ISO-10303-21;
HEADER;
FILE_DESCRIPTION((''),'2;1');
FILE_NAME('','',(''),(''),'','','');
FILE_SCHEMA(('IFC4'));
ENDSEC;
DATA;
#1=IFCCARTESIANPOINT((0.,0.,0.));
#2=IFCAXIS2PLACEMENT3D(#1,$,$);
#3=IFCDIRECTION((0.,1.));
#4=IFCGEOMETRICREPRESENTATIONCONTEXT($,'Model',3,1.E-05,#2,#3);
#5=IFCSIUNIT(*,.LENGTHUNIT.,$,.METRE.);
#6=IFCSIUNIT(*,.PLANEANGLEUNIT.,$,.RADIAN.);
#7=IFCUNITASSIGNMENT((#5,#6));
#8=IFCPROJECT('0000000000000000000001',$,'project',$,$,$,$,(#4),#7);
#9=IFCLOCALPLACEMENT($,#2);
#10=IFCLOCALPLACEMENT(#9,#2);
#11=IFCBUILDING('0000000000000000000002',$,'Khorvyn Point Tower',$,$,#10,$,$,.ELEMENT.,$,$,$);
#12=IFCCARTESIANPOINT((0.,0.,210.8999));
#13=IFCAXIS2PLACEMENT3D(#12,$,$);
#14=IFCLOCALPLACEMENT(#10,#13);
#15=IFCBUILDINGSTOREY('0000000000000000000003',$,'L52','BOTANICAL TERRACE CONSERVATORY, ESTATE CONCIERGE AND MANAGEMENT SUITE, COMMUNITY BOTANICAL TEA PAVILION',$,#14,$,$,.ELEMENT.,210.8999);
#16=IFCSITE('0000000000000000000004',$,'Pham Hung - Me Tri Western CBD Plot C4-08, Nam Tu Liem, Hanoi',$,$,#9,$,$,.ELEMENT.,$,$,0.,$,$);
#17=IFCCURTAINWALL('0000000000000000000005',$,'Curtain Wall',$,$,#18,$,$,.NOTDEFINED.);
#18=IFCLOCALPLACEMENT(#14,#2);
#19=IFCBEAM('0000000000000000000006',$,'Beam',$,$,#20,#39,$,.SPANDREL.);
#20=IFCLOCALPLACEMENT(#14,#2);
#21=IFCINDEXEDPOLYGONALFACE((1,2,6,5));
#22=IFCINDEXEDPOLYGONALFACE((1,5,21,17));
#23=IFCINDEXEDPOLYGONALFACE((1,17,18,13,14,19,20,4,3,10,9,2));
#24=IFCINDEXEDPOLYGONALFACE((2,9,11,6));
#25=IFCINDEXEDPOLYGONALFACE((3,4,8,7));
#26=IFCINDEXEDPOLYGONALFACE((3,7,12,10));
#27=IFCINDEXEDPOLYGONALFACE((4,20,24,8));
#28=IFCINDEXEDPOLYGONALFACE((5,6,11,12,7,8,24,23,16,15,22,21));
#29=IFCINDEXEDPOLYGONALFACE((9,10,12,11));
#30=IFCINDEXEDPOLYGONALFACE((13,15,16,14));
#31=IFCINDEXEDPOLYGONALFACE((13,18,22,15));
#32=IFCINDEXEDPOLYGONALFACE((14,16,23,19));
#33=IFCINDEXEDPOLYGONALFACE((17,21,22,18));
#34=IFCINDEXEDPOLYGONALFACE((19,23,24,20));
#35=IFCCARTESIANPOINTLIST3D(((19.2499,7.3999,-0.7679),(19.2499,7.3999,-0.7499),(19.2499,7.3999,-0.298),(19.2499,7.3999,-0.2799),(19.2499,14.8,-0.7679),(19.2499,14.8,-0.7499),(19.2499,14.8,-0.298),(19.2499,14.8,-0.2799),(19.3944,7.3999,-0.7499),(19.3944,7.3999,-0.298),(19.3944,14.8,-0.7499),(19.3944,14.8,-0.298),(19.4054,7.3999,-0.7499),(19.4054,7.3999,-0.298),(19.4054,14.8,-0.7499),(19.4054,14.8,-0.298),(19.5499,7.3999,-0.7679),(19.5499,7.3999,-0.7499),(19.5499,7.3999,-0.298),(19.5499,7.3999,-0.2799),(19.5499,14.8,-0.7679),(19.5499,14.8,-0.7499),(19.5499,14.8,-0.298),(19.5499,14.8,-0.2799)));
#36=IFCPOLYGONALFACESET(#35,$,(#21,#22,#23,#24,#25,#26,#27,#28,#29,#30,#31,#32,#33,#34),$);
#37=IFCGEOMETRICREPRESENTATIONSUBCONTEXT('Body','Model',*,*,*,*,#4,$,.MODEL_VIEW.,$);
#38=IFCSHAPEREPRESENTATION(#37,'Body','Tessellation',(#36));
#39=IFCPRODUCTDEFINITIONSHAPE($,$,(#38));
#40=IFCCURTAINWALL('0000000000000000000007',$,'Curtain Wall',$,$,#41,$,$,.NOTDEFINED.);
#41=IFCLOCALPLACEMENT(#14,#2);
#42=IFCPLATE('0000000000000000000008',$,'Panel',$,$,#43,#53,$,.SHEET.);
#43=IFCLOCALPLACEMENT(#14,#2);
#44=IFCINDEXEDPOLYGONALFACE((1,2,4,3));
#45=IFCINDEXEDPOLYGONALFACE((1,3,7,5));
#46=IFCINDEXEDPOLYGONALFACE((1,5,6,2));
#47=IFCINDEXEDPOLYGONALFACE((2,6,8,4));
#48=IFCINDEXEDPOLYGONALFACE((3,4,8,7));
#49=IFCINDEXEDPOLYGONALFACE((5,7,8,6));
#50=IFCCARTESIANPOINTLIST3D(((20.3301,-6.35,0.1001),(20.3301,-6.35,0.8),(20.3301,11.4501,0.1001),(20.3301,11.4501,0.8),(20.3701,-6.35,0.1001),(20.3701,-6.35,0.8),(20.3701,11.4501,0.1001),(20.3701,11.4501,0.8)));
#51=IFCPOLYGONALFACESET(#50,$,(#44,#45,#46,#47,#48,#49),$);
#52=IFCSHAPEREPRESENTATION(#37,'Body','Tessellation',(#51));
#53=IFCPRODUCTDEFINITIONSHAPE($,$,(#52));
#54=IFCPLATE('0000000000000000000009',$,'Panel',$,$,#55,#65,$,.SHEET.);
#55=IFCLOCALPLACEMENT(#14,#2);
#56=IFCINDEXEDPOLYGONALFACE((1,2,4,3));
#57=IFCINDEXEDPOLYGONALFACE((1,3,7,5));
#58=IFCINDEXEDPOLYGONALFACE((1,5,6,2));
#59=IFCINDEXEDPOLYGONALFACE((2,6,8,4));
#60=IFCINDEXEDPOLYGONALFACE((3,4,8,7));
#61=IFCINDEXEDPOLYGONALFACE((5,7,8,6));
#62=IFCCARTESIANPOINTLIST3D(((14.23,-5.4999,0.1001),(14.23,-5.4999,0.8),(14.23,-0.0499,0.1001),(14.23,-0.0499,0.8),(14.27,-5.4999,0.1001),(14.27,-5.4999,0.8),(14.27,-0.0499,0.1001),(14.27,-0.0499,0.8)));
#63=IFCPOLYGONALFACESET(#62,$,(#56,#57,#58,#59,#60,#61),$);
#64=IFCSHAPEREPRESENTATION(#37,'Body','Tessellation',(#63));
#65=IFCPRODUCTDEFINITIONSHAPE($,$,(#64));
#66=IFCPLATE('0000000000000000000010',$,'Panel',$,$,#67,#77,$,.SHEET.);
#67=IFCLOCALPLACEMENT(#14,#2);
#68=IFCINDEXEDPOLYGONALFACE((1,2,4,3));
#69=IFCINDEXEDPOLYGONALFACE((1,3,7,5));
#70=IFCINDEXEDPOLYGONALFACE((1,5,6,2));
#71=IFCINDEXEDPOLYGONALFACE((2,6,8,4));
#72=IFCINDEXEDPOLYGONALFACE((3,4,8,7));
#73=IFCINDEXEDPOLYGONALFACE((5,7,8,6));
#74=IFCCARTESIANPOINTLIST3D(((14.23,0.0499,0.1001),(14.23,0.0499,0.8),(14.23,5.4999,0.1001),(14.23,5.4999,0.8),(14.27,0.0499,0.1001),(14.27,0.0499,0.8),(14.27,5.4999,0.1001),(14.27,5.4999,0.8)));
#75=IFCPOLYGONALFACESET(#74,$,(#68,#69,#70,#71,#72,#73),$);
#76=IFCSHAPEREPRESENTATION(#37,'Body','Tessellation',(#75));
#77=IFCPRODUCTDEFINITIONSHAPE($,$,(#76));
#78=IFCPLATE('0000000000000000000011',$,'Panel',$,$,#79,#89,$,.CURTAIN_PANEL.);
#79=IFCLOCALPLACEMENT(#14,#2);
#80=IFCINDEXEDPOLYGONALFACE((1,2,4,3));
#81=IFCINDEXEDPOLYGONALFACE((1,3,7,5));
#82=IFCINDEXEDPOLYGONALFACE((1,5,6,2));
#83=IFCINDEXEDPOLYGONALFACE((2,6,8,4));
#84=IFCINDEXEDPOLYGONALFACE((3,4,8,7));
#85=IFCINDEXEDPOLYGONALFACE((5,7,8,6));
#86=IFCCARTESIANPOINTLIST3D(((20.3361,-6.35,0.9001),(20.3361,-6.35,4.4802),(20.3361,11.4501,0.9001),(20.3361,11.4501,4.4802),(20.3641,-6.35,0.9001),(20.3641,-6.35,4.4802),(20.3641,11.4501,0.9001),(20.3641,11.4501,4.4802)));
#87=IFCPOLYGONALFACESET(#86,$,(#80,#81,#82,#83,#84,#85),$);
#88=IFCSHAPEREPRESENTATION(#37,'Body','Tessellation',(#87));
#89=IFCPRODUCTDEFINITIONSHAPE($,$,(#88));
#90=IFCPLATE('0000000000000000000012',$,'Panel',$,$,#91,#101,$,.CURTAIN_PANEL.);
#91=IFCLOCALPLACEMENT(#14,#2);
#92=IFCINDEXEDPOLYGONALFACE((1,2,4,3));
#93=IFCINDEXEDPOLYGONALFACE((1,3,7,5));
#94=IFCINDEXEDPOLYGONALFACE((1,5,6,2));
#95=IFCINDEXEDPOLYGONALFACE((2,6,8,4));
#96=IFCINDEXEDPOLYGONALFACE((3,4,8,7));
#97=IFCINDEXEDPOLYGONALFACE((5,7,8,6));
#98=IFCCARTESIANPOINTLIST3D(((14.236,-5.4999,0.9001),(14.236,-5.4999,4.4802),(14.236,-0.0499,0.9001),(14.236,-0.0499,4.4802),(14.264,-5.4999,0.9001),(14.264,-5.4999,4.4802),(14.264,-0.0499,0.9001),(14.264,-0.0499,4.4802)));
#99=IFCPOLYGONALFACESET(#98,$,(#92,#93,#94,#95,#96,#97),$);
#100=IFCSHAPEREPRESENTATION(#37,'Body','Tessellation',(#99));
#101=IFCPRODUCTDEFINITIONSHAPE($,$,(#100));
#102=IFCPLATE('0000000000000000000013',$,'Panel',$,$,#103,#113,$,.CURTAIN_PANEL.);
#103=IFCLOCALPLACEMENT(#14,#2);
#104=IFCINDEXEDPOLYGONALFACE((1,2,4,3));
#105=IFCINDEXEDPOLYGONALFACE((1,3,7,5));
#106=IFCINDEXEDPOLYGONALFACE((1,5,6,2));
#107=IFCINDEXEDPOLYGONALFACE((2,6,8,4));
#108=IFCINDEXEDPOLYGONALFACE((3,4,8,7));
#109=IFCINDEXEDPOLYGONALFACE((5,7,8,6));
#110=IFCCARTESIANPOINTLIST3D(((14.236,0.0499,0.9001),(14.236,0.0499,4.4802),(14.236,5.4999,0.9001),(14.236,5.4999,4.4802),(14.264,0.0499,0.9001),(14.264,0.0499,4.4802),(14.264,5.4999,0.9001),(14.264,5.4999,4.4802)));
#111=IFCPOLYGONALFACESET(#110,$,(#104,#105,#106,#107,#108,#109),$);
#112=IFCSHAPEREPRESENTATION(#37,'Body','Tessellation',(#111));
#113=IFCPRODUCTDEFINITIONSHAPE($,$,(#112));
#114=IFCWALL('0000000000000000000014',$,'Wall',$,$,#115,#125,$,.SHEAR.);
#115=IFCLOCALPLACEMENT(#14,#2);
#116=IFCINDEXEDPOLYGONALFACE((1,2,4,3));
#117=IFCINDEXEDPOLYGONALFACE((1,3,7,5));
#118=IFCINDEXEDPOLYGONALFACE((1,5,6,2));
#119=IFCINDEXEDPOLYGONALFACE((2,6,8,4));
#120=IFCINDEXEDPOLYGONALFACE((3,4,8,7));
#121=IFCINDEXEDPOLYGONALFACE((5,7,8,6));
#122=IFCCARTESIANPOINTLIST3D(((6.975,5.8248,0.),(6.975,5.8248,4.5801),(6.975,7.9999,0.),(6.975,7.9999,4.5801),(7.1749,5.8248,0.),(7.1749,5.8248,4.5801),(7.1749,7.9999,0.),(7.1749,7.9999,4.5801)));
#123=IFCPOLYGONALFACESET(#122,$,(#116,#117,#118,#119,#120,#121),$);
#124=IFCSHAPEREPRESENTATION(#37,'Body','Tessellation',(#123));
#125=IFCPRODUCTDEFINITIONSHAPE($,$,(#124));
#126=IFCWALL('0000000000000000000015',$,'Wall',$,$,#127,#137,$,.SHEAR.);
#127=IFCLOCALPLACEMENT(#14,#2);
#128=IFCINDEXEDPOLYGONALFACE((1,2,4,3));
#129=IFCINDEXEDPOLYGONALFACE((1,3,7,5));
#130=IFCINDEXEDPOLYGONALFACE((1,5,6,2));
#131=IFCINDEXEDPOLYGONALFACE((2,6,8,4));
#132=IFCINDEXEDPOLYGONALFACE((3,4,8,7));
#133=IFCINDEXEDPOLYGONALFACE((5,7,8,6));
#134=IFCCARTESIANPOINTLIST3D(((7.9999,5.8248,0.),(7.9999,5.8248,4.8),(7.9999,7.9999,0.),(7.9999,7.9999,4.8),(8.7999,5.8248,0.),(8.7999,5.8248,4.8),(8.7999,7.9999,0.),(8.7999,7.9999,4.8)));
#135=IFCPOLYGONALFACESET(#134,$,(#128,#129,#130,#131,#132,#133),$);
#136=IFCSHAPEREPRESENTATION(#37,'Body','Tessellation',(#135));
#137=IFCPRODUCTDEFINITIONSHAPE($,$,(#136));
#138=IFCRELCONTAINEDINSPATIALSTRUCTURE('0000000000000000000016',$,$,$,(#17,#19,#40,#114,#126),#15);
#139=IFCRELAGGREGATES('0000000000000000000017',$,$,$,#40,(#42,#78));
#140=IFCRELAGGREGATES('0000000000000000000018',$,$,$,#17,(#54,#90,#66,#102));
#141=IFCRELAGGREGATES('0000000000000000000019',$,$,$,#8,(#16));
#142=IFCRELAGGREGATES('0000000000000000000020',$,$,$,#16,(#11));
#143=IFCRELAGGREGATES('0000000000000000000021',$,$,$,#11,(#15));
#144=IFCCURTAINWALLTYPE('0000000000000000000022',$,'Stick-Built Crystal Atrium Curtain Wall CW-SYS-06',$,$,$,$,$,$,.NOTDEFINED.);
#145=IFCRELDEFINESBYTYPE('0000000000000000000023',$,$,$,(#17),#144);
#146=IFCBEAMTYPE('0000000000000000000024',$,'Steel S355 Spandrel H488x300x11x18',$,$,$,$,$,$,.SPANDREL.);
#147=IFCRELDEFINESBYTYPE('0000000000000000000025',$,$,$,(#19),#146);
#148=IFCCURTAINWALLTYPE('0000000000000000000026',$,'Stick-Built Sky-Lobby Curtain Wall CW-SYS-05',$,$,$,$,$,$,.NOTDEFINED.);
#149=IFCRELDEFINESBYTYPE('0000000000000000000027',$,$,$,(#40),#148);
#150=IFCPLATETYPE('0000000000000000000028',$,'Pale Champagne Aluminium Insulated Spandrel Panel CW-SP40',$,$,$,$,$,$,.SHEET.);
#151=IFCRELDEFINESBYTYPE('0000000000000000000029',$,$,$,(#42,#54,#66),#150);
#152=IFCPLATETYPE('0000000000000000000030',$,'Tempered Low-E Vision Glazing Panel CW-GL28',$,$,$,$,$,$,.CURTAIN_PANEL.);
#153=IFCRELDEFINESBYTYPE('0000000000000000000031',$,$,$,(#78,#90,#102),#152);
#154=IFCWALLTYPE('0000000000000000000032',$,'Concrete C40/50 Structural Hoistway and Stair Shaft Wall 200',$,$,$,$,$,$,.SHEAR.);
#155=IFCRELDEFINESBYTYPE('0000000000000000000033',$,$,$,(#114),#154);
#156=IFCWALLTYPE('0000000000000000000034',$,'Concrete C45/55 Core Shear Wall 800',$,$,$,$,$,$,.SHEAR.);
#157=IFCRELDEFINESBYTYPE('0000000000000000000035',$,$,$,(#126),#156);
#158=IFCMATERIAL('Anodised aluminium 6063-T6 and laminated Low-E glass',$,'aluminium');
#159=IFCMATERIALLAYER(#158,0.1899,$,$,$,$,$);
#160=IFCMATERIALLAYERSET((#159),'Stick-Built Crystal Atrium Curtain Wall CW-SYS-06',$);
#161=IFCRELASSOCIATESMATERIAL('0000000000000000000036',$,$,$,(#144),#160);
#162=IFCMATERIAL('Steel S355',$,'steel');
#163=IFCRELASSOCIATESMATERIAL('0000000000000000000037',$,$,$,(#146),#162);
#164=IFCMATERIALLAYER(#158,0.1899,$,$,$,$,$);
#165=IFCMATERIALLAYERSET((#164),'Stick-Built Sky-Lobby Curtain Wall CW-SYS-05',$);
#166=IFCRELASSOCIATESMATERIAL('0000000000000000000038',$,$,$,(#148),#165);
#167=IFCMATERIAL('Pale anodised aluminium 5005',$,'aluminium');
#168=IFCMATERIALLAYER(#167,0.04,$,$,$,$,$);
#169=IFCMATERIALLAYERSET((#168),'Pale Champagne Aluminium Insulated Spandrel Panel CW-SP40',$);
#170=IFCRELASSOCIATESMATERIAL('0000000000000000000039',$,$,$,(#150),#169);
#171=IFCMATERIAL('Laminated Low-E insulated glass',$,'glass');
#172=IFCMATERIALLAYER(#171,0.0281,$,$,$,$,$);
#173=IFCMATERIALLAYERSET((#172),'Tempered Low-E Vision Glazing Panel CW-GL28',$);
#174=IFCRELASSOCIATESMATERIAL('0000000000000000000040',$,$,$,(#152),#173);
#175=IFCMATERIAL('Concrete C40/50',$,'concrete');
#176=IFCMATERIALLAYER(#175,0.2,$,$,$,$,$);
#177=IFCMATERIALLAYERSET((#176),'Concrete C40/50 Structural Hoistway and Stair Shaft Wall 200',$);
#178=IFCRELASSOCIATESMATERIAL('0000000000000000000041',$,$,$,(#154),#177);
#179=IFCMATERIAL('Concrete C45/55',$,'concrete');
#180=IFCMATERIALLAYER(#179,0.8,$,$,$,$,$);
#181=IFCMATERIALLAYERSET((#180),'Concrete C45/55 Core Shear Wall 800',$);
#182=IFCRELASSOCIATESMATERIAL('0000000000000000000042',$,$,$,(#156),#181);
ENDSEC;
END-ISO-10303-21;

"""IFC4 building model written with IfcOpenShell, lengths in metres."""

from ifc_helpers import new_model, si_unit, direction, frame, frame_2d, origin, origin_2d, place, context, subcontext, project, spatial, rectangle, i_section, extrude, material, layer, layer_set, material_profile, profile_set, type_object, element, aggregate, save


model = new_model("IFC4")

# Units and contexts
model_context = context("Model", 3, precision=1e-05, world=origin(), true_north=direction((0.0, 1.0)))
body_context = subcontext(model_context, "Body", "Model", "MODEL_VIEW")
ifc_project = project(units=[si_unit("LENGTHUNIT", "METRE"), si_unit("PLANEANGLEUNIT", "RADIAN")], contexts=[model_context])

# Site, building, storey
site_placement = place(None, origin())
site = spatial("IfcSite", under=ifc_project, at=site_placement, Name="Pham Hung - Me Tri Western CBD Plot C4-08, Nam Tu Liem, Hanoi", CompositionType="ELEMENT", RefElevation=0.0)
building_placement = place(site_placement, origin())
building = spatial("IfcBuilding", under=site, at=building_placement, Name="Khorvyn Point Tower", CompositionType="ELEMENT")
storey_placement = place(building_placement, frame((0.0, 0.0, 210.8999)))
storey = spatial("IfcBuildingStorey", under=building, at=storey_placement, Name="L52", Description="BOTANICAL TERRACE CONSERVATORY, ESTATE CONCIERGE AND MANAGEMENT SUITE, COMMUNITY BOTANICAL TEA PAVILION", CompositionType="ELEMENT", Elevation=210.8999)

# Shared definitions
ifc_material_1 = material(Name="Concrete C45/55", Category="concrete")

# Curtain wall
ifc_material_2 = material(Name="Anodised aluminium 6063-T6 and laminated Low-E glass", Category="aluminium")
ifc_layer_1 = layer(ifc_material_2, 0.1899)
ifc_layer_set_1 = layer_set([ifc_layer_1], Name="Stick-Built Crystal Atrium Curtain Wall CW-SYS-06")
curtain_wall_type_1 = type_object("IfcCurtainWallType", Name="Stick-Built Crystal Atrium Curtain Wall CW-SYS-06", PredefinedType="NOTDEFINED", material=ifc_layer_set_1)
curtain_wall_1_placement = place(storey_placement, origin())
curtain_wall_1 = element("IfcCurtainWall", 1, at=curtain_wall_1_placement, inside=storey, type_object=curtain_wall_type_1, Name="Curtain Wall", PredefinedType="NOTDEFINED")

# Beam
ifc_material_3 = material(Name="Steel S355", Category="steel")
ifc_material_profile_1 = material_profile(ifc_material_3, i_section(OverallWidth=0.3, OverallDepth=0.488, WebThickness=0.011, FlangeThickness=0.0181, at=origin_2d()))
ifc_profile_set_1 = profile_set([ifc_material_profile_1], Name="Steel S355 H488x300x11x18")
beam_type = type_object("IfcBeamType", Name="Steel S355 Spandrel H488x300x11x18", PredefinedType="SPANDREL", material=ifc_profile_set_1)
for number, where, z_axis, x_axis, name in (
    (2, (19.3999, 7.3999, -0.5239), (0.0, 1.0, 0.0), (-1.0, 0.0, 0.0), "Beam"),
):
    element("IfcBeam", number, at=place(storey_placement, frame(where, z_axis=z_axis, x_axis=x_axis)), inside=storey, type_object=beam_type, Name=name, PredefinedType="SPANDREL", context=body_context, shape_type="SweptSolid", body=[
        extrude(i_section(OverallWidth=0.3, OverallDepth=0.488, WebThickness=0.011, FlangeThickness=0.0181, at=origin_2d()), origin(), (0.0, 0.0, 1.0), 7.4001),
    ])

# Curtain wall, plate
ifc_layer_2 = layer(ifc_material_2, 0.1899)
ifc_layer_set_2 = layer_set([ifc_layer_2], Name="Stick-Built Sky-Lobby Curtain Wall CW-SYS-05")
curtain_wall_type_2 = type_object("IfcCurtainWallType", Name="Stick-Built Sky-Lobby Curtain Wall CW-SYS-05", PredefinedType="NOTDEFINED", material=ifc_layer_set_2)
curtain_wall_2_placement = place(storey_placement, origin())
curtain_wall_2 = element("IfcCurtainWall", 3, at=curtain_wall_2_placement, inside=storey, type_object=curtain_wall_type_2, Name="Curtain Wall", PredefinedType="NOTDEFINED")
ifc_material_4 = material(Name="Pale anodised aluminium 5005", Category="aluminium")
ifc_layer_3 = layer(ifc_material_4, 0.04)
ifc_layer_set_3 = layer_set([ifc_layer_3], Name="Pale Champagne Aluminium Insulated Spandrel Panel CW-SP40")
plate_type_1 = type_object("IfcPlateType", Name="Pale Champagne Aluminium Insulated Spandrel Panel CW-SP40", PredefinedType="SHEET", material=ifc_layer_set_3)
plate_1_placement = place(storey_placement, frame((20.3501, 2.55, 0.1001), z_axis=(0.0, 0.0, 1.0), x_axis=(0.0, -1.0, 0.0)))
plate_1 = element("IfcPlate", 4, at=plate_1_placement, type_object=plate_type_1, Name="Panel", PredefinedType="SHEET", context=body_context, shape_type="SweptSolid", body=[
    extrude(rectangle(XDim=17.8, YDim=0.04, at=origin_2d()), origin(), (0.0, 0.0, 1.0), 0.7),
])

# Plates
plate_2_placement = place(storey_placement, frame((14.25, -2.7749, 0.1001), z_axis=(0.0, 0.0, 1.0), x_axis=(0.0, 1.0, 0.0)))
plate_2 = element("IfcPlate", 5, at=plate_2_placement, type_object=plate_type_1, Name="Panel", PredefinedType="SHEET", context=body_context, shape_type="SweptSolid", body=[
    extrude(rectangle(XDim=5.45, YDim=0.04, at=origin_2d()), origin(), (0.0, 0.0, 1.0), 0.7),
])
plate_3_placement = place(storey_placement, frame((14.25, 2.7749, 0.1001), z_axis=(0.0, 0.0, 1.0), x_axis=(0.0, 1.0, 0.0)))
plate_3 = element("IfcPlate", 6, at=plate_3_placement, type_object=plate_type_1, Name="Panel", PredefinedType="SHEET", context=body_context, shape_type="SweptSolid", body=[
    extrude(rectangle(XDim=5.45, YDim=0.04, at=origin_2d()), origin(), (0.0, 0.0, 1.0), 0.7),
])
ifc_material_5 = material(Name="Laminated Low-E insulated glass", Category="glass")
ifc_layer_4 = layer(ifc_material_5, 0.0281)
ifc_layer_set_4 = layer_set([ifc_layer_4], Name="Tempered Low-E Vision Glazing Panel CW-GL28")
plate_type_2 = type_object("IfcPlateType", Name="Tempered Low-E Vision Glazing Panel CW-GL28", PredefinedType="CURTAIN_PANEL", material=ifc_layer_set_4)
plate_4_placement = place(storey_placement, frame((20.3501, 2.55, 0.9001), z_axis=(0.0, 0.0, 1.0), x_axis=(0.0, -1.0, 0.0)))
plate_4 = element("IfcPlate", 7, at=plate_4_placement, type_object=plate_type_2, Name="Panel", PredefinedType="CURTAIN_PANEL", context=body_context, shape_type="SweptSolid", body=[
    extrude(rectangle(XDim=17.8, YDim=0.0281, at=origin_2d()), origin(), (0.0, 0.0, 1.0), 3.5801),
])
aggregate(curtain_wall_2, [plate_1, plate_4])
plate_5_placement = place(storey_placement, frame((14.25, -2.7749, 0.9001), z_axis=(0.0, 0.0, 1.0), x_axis=(0.0, 1.0, 0.0)))
plate_5 = element("IfcPlate", 8, at=plate_5_placement, type_object=plate_type_2, Name="Panel", PredefinedType="CURTAIN_PANEL", context=body_context, shape_type="SweptSolid", body=[
    extrude(rectangle(XDim=5.45, YDim=0.0281, at=origin_2d()), origin(), (0.0, 0.0, 1.0), 3.5801),
])
plate_6_placement = place(storey_placement, frame((14.25, 2.7749, 0.9001), z_axis=(0.0, 0.0, 1.0), x_axis=(0.0, 1.0, 0.0)))
plate_6 = element("IfcPlate", 9, at=plate_6_placement, type_object=plate_type_2, Name="Panel", PredefinedType="CURTAIN_PANEL", context=body_context, shape_type="SweptSolid", body=[
    extrude(rectangle(XDim=5.45, YDim=0.0281, at=origin_2d()), origin(), (0.0, 0.0, 1.0), 3.5801),
])
aggregate(curtain_wall_1, [plate_2, plate_5, plate_3, plate_6])

# Walls
ifc_material_6 = material(Name="Concrete C40/50", Category="concrete")
ifc_layer_5 = layer(ifc_material_6, 0.2)
ifc_layer_set_5 = layer_set([ifc_layer_5], Name="Concrete C40/50 Structural Hoistway and Stair Shaft Wall 200")
wall_type_1 = type_object("IfcWallType", Name="Concrete C40/50 Structural Hoistway and Stair Shaft Wall 200", PredefinedType="SHEAR", material=ifc_layer_set_5)
wall_1_placement = place(storey_placement, frame((7.075, 5.825, 0.0), z_axis=(0.0, 0.0, 1.0), x_axis=(0.0, 1.0, 0.0)))
element("IfcWall", 10, at=wall_1_placement, inside=storey, type_object=wall_type_1, Name="Wall", PredefinedType="SHEAR", context=body_context, shape_type="SweptSolid", body=[
    extrude(rectangle(XDim=2.175, YDim=0.2, at=frame_2d((1.0874, 0.0))), origin(), (0.0, 0.0, 1.0), 4.5801),
])
ifc_layer_6 = layer(ifc_material_1, 0.8)
ifc_layer_set_6 = layer_set([ifc_layer_6], Name="Concrete C45/55 Core Shear Wall 800")
wall_type_2 = type_object("IfcWallType", Name="Concrete C45/55 Core Shear Wall 800", PredefinedType="SHEAR", material=ifc_layer_set_6)
wall_2_placement = place(storey_placement, frame((8.3999, 5.825, 0.0), z_axis=(0.0, 0.0, 1.0), x_axis=(0.0, 1.0, 0.0)))
element("IfcWall", 11, at=wall_2_placement, inside=storey, type_object=wall_type_2, Name="Wall", PredefinedType="SHEAR", context=body_context, shape_type="SweptSolid", body=[
    extrude(rectangle(XDim=2.175, YDim=0.8, at=frame_2d((1.0874, 0.0))), origin(), (0.0, 0.0, 1.0), 4.8),
])

save(model, "model.ifc")
